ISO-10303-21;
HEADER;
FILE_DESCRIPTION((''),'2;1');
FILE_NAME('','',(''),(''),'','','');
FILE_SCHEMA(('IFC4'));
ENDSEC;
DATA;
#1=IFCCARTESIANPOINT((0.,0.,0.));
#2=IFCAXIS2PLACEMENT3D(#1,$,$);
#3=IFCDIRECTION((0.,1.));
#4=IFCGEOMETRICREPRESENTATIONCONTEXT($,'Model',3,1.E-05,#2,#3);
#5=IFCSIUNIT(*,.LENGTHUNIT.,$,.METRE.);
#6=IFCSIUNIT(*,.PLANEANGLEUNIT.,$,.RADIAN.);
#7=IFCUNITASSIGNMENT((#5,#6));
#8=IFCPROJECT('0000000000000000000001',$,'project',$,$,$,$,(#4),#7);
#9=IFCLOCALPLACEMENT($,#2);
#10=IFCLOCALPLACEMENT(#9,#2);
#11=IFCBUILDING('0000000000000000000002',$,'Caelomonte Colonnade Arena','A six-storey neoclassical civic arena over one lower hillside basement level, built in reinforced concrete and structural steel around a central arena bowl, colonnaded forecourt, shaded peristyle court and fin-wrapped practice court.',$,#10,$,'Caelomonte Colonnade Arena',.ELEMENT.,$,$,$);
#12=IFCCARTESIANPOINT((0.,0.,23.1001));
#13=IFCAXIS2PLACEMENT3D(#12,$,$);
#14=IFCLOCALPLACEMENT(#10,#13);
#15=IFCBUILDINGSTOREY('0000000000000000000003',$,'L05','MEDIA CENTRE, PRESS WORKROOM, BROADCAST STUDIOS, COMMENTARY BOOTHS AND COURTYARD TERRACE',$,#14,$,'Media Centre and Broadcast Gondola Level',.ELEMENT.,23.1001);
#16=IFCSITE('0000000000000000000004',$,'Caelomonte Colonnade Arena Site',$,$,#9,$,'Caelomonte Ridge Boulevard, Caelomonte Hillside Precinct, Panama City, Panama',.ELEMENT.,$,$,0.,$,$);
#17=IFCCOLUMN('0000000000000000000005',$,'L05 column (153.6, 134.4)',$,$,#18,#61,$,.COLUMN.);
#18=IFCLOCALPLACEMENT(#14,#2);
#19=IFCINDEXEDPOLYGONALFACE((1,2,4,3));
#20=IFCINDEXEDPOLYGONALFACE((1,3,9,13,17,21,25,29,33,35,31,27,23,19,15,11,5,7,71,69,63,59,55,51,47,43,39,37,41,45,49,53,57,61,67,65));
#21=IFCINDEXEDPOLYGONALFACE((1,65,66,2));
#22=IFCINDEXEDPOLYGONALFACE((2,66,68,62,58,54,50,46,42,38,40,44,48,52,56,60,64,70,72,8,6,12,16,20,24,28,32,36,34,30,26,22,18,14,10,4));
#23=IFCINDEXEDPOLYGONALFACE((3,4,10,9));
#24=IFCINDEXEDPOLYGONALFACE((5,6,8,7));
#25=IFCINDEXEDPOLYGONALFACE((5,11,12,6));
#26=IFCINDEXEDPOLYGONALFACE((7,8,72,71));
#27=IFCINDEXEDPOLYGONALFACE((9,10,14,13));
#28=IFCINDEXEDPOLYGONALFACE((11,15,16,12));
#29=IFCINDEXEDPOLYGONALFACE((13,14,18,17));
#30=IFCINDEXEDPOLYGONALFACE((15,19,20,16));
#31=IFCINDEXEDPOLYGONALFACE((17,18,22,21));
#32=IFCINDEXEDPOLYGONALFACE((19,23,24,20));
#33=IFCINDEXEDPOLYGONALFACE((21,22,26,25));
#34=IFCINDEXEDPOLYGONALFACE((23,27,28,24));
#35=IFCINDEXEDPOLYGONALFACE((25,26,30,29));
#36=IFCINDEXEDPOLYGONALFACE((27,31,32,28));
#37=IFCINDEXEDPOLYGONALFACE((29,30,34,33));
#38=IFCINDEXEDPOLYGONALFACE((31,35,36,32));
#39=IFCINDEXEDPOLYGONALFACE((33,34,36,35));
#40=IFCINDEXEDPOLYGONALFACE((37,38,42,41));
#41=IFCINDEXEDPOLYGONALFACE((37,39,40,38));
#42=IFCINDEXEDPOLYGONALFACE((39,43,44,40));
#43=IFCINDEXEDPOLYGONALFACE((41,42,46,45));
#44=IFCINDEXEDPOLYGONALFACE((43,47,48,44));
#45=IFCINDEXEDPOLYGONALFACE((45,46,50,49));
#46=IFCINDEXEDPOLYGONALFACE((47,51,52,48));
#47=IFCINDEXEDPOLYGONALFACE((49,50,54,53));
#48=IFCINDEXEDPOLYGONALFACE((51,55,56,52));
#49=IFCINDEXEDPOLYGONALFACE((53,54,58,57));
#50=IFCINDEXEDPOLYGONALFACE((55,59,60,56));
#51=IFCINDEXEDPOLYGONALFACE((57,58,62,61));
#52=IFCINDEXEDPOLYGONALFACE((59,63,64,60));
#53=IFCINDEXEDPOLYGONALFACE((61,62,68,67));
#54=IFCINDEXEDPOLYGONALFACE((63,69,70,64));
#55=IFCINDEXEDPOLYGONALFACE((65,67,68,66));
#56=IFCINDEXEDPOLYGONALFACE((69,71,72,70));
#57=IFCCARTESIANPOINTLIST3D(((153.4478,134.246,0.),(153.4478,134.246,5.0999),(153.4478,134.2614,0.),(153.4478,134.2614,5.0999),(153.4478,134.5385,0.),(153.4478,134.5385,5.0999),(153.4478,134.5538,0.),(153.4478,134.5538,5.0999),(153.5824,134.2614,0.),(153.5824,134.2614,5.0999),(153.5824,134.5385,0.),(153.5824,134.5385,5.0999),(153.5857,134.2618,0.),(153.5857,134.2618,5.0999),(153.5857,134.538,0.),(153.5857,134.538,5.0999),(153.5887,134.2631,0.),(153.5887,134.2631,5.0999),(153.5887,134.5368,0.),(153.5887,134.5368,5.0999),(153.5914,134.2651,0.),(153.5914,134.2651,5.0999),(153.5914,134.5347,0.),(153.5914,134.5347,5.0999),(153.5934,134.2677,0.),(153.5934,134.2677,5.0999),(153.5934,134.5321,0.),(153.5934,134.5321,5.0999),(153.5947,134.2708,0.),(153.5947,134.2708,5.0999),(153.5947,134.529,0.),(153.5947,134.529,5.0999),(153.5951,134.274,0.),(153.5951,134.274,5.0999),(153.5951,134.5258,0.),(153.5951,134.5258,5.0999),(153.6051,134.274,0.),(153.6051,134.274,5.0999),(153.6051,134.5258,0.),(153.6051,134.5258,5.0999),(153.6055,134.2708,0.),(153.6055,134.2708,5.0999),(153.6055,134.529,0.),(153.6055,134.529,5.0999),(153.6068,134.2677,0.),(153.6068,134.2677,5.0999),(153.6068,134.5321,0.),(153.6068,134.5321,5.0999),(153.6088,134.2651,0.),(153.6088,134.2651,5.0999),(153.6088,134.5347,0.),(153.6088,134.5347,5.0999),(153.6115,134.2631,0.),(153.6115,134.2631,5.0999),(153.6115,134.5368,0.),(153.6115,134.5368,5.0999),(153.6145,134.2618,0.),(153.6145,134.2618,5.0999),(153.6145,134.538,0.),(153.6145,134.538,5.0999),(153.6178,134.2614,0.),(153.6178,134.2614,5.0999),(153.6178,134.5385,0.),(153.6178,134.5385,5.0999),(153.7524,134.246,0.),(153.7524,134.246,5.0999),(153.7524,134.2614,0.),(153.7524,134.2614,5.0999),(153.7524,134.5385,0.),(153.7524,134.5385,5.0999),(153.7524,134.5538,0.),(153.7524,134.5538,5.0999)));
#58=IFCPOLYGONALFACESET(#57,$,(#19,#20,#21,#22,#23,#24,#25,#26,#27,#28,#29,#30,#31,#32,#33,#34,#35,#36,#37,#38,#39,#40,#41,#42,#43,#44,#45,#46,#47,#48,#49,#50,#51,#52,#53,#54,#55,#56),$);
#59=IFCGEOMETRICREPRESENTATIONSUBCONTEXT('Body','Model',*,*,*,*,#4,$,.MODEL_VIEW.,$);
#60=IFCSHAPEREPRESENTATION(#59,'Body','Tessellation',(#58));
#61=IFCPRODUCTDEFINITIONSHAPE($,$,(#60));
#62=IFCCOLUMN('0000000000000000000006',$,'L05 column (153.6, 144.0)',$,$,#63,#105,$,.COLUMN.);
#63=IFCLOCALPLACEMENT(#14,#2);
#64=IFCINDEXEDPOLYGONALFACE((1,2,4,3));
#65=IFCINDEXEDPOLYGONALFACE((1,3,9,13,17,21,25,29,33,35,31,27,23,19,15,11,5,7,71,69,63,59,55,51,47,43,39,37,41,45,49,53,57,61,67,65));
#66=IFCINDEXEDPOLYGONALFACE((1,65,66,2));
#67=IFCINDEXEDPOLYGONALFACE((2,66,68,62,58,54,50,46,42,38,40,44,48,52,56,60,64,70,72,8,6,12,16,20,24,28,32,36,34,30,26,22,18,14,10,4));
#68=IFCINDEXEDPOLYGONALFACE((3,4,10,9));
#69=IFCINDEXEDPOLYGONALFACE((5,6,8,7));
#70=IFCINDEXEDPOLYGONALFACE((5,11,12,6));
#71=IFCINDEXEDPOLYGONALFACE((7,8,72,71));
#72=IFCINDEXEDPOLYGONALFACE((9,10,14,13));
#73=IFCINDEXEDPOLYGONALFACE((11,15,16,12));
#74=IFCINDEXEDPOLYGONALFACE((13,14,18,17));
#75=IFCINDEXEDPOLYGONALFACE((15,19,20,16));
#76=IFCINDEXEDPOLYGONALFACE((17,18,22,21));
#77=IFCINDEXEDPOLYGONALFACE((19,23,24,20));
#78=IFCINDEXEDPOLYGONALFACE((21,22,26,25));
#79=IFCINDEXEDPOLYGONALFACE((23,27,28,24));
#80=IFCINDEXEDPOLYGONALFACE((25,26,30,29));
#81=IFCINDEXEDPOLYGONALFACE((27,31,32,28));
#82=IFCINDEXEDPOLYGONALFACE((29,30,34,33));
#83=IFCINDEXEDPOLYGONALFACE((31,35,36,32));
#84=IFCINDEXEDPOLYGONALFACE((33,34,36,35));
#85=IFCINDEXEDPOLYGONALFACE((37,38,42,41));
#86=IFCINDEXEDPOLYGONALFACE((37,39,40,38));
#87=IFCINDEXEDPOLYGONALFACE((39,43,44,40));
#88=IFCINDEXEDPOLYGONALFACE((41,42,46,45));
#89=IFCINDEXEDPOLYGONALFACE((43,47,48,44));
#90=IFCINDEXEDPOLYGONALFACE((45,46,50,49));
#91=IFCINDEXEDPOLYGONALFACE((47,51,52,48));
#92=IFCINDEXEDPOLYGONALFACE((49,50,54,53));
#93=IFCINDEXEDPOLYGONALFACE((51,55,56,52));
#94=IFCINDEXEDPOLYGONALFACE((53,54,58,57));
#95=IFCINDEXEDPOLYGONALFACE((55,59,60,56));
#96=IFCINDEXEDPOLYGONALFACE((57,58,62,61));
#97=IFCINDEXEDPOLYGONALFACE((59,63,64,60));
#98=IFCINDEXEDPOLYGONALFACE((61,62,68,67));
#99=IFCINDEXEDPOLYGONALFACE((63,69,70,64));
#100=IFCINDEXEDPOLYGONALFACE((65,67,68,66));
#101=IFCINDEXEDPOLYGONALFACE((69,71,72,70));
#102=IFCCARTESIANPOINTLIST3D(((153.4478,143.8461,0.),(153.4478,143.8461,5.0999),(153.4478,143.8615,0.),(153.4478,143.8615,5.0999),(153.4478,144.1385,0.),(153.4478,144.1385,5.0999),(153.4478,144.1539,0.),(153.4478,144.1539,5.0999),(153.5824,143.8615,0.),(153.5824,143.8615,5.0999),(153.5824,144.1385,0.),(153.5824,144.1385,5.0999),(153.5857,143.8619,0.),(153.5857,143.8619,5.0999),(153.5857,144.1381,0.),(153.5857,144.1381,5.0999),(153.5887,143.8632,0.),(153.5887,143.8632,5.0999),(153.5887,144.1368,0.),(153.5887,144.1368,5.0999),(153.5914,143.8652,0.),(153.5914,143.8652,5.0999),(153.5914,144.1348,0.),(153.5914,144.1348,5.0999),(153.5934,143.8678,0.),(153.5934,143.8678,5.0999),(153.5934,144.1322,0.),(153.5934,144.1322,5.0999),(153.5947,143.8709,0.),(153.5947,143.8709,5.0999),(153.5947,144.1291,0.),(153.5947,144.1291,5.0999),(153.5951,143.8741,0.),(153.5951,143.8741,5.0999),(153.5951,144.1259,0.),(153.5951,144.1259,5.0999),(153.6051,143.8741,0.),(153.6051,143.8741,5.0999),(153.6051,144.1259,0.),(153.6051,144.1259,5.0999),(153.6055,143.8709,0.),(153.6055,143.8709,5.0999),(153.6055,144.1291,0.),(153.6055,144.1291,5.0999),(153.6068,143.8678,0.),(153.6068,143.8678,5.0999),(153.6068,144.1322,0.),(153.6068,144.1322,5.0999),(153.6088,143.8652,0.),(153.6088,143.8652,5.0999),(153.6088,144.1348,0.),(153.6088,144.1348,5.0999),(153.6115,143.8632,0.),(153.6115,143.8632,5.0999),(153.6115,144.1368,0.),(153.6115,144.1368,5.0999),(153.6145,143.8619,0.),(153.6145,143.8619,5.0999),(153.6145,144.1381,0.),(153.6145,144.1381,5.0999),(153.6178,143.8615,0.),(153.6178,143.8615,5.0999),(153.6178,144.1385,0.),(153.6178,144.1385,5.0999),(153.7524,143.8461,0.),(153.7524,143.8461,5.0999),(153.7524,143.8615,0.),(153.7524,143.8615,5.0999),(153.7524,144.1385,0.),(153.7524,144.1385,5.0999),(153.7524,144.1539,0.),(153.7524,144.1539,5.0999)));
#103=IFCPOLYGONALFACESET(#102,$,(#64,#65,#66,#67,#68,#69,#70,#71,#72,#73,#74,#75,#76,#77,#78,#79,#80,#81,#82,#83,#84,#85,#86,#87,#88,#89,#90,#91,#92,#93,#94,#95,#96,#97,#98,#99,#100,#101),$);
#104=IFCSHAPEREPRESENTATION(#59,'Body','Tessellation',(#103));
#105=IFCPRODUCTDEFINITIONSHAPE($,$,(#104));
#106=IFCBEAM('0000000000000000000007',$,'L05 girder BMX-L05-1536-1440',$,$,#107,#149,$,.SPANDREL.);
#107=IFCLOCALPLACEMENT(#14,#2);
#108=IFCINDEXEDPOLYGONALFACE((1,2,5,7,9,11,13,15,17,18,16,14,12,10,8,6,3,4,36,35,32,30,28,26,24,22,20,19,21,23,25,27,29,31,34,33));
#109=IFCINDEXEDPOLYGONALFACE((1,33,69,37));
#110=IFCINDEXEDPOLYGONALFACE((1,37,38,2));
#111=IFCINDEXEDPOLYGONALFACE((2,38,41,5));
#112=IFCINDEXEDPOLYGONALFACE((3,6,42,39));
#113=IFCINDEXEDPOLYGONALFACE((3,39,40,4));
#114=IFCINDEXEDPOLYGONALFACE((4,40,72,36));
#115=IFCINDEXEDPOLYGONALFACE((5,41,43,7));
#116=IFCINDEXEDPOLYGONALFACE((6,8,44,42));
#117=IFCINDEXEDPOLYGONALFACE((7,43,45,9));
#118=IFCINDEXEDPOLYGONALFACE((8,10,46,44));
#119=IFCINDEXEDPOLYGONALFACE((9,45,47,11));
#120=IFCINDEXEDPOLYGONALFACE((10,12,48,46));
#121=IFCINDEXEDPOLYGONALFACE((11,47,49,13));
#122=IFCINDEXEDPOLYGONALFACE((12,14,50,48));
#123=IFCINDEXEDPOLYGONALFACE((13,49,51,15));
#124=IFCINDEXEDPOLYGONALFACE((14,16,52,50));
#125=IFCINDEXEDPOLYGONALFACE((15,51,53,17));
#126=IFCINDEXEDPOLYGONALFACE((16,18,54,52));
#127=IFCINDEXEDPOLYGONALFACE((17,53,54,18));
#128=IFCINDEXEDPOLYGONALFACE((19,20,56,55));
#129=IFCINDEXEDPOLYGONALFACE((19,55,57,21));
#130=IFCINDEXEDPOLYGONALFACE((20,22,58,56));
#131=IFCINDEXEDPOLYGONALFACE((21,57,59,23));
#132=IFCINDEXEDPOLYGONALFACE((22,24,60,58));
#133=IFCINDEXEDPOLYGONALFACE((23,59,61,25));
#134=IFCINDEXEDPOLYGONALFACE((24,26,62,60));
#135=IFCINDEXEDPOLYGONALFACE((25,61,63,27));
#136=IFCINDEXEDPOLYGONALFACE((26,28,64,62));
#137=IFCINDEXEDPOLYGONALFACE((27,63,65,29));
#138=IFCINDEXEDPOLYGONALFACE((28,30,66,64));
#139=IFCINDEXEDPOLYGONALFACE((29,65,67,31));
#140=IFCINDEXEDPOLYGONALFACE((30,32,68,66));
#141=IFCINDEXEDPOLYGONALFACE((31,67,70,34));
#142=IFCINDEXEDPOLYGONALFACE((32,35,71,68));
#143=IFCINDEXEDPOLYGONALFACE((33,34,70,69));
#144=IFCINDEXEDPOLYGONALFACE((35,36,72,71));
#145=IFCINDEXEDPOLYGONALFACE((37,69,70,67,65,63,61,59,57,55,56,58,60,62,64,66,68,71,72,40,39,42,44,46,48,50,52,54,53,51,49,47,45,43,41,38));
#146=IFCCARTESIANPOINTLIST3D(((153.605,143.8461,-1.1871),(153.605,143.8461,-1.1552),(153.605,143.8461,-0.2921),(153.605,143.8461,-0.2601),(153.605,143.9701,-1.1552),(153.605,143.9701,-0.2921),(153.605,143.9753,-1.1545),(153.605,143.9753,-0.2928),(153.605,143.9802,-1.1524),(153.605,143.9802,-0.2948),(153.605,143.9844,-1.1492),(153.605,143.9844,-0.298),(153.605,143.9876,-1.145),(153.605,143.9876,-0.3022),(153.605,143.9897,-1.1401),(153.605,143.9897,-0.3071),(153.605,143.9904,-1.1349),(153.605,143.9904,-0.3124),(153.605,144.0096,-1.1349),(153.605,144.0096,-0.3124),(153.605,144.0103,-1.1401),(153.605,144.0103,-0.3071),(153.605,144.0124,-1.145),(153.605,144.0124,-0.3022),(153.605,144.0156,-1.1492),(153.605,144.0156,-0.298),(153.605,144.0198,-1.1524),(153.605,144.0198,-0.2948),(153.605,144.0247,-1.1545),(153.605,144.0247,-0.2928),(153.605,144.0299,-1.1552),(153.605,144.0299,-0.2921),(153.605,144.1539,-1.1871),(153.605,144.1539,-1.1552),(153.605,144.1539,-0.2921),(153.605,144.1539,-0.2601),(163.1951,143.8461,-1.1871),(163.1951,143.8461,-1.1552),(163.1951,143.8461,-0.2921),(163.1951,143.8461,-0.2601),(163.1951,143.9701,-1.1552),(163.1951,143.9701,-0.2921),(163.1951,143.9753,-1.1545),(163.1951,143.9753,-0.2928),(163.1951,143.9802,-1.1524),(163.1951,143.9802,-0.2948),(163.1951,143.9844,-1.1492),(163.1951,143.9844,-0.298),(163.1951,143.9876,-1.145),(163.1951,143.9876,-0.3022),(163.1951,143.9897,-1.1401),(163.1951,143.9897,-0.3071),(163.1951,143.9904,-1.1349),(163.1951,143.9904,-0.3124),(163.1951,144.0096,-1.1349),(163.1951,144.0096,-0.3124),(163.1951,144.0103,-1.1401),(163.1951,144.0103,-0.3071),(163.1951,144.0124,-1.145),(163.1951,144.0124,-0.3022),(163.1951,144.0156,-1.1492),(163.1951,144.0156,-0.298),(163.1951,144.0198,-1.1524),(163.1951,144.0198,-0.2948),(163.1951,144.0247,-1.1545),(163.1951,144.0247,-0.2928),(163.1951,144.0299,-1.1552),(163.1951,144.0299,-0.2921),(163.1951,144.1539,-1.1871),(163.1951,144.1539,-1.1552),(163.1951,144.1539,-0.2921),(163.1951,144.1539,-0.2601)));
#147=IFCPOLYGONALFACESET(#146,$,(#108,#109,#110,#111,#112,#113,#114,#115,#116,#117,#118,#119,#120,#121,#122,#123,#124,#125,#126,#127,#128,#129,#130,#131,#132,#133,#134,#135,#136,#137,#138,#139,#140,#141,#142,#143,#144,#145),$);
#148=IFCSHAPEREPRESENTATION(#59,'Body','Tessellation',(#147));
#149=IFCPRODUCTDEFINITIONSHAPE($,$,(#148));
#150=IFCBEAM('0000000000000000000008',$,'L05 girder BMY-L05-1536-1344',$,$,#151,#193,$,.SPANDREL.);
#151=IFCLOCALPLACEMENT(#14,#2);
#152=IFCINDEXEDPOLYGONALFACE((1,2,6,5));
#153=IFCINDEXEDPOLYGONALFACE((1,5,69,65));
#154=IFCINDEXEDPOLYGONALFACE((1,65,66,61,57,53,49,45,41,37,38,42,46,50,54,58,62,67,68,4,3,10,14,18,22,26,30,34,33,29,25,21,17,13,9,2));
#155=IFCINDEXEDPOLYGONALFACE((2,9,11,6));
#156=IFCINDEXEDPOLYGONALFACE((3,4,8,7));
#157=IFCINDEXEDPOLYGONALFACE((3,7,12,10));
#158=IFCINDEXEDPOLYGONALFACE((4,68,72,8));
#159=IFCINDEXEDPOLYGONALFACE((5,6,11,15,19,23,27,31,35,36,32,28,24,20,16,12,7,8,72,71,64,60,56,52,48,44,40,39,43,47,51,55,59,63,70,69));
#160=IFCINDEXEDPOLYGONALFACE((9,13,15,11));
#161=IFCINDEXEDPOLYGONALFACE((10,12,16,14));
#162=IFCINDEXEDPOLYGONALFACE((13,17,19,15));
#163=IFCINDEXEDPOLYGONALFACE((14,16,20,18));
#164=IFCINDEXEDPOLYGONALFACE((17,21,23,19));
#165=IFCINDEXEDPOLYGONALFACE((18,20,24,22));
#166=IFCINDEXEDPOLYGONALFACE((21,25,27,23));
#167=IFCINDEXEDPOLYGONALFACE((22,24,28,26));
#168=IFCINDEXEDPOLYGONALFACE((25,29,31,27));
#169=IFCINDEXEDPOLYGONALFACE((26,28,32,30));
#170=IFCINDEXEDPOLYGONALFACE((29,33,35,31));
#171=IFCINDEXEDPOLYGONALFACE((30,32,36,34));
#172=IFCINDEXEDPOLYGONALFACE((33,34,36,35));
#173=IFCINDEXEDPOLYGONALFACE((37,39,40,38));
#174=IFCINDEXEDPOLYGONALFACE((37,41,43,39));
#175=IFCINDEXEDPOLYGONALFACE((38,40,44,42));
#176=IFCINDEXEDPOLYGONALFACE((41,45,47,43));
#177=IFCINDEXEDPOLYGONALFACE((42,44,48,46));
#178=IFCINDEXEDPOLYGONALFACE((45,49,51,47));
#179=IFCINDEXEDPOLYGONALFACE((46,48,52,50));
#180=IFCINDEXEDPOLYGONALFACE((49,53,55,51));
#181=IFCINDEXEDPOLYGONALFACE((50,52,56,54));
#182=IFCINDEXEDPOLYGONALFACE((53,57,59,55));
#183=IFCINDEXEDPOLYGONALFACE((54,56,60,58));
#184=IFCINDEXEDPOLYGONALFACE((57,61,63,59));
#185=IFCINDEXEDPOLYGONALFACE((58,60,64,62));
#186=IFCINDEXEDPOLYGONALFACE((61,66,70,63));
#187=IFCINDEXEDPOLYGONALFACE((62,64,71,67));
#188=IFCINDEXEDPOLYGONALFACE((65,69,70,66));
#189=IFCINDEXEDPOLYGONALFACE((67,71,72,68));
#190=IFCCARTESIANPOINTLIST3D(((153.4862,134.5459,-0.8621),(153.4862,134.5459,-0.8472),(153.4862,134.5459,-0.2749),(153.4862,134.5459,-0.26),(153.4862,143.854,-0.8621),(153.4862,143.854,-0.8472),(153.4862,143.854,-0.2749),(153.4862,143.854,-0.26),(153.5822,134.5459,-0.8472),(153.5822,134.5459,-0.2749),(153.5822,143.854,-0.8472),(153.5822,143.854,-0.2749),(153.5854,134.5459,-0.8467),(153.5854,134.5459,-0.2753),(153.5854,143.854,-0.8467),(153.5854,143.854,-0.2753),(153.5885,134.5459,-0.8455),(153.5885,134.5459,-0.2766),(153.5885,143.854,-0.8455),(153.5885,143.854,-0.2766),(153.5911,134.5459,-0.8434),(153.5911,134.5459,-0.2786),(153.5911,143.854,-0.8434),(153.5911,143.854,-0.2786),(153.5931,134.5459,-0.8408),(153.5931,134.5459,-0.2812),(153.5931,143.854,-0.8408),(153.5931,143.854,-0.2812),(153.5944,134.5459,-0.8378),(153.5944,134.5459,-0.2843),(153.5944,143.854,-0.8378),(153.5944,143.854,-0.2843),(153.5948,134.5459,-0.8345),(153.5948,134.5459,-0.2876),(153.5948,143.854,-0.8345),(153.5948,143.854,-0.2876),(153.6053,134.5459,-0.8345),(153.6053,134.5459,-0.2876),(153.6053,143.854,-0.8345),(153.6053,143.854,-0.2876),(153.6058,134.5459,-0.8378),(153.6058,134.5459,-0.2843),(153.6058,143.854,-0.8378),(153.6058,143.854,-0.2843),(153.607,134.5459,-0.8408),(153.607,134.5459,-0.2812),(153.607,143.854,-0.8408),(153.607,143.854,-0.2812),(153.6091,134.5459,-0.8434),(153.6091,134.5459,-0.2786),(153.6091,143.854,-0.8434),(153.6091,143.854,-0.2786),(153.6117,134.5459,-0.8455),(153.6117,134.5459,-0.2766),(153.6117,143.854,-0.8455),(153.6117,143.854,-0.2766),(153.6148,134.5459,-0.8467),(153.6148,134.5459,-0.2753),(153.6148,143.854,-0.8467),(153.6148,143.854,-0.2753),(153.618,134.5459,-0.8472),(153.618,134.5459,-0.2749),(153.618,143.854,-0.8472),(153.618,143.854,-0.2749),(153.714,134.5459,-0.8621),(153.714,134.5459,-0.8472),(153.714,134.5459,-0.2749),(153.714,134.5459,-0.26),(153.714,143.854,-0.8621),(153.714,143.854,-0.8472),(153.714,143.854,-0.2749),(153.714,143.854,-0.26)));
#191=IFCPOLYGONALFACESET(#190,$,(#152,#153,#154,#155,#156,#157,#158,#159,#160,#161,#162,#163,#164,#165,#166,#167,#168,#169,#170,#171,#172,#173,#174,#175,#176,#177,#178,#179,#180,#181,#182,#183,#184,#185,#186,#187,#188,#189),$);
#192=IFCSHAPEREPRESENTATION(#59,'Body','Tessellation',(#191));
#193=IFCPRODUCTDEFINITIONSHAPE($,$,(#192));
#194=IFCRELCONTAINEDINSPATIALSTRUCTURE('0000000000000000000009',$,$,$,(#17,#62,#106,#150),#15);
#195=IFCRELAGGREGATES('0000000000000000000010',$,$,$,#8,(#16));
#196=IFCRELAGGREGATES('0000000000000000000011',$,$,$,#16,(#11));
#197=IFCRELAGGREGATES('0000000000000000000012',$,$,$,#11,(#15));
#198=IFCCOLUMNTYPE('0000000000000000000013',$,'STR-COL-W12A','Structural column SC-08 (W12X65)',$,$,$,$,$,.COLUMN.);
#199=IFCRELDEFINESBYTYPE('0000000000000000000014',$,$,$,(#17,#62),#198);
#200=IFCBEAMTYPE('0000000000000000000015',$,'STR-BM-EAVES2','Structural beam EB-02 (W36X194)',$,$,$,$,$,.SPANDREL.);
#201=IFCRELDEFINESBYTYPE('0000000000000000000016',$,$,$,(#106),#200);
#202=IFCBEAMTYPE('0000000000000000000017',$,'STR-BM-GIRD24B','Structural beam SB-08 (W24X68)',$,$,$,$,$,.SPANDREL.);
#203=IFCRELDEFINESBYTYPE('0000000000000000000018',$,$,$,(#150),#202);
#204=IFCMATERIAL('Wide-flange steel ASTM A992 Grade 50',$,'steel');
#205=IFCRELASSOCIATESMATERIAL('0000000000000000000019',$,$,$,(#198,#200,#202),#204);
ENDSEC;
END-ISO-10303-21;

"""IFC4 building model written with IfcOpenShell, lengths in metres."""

from ifc_helpers import new_model, si_unit, direction, frame, origin, origin_2d, place, context, subcontext, project, spatial, i_section, extrude, material, material_profile, profile_set, type_object, element, save


model = new_model("IFC4")

# Units and contexts
model_context = context("Model", 3, precision=1e-05, world=origin(), true_north=direction((0.0, 1.0)))
body_context = subcontext(model_context, "Body", "Model", "MODEL_VIEW")
ifc_project = project(units=[si_unit("LENGTHUNIT", "METRE"), si_unit("PLANEANGLEUNIT", "RADIAN")], contexts=[model_context])

# Site, building, storey
site_placement = place(None, origin())
site = spatial("IfcSite", under=ifc_project, at=site_placement, Name="Caelomonte Colonnade Arena Site", LongName="Caelomonte Ridge Boulevard, Caelomonte Hillside Precinct, Panama City, Panama", CompositionType="ELEMENT", RefElevation=0.0)
building_placement = place(site_placement, origin())
building = spatial("IfcBuilding", under=site, at=building_placement, Name="Caelomonte Colonnade Arena", Description="A six-storey neoclassical civic arena over one lower hillside basement level, built in reinforced concrete and structural steel around a central arena bowl, colonnaded forecourt, shaded peristyle court and fin-wrapped practice court.", LongName="Caelomonte Colonnade Arena", CompositionType="ELEMENT")
storey_placement = place(building_placement, frame((0.0, 0.0, 23.1001)))
storey = spatial("IfcBuildingStorey", under=building, at=storey_placement, Name="L05", Description="MEDIA CENTRE, PRESS WORKROOM, BROADCAST STUDIOS, COMMENTARY BOOTHS AND COURTYARD TERRACE", LongName="Media Centre and Broadcast Gondola Level", CompositionType="ELEMENT", Elevation=23.1001)

# Columns
ifc_material_1 = material(Name="Wide-flange steel ASTM A992 Grade 50", Category="steel")
ifc_material_profile_1 = material_profile(ifc_material_1, i_section(OverallWidth=0.3047, OverallDepth=0.3079, WebThickness=0.01, FlangeThickness=0.0154, FilletRadius=0.0127, at=origin_2d()), Name="W12X65")
ifc_profile_set_1 = profile_set([ifc_material_profile_1], Name="Wide-flange steel ASTM A992 Grade 50")
column_type = type_object("IfcColumnType", Name="STR-COL-W12A", Description="Structural column SC-08 (W12X65)", PredefinedType="COLUMN", material=ifc_profile_set_1)
for number, where, z_axis, x_axis, name in (
    (1, (153.6001, 134.3999, 0.0), (0.0, 0.0, 1.0), (1.0, 0.0, 0.0), "L05 column (153.6, 134.4)"),
    (2, (153.6001, 144.0, 0.0), (0.0, 0.0, 1.0), (1.0, 0.0, 0.0), "L05 column (153.6, 144.0)"),
):
    element("IfcColumn", number, at=place(storey_placement, frame(where, z_axis=z_axis, x_axis=x_axis)), inside=storey, type_object=column_type, Name=name, PredefinedType="COLUMN", context=body_context, shape_type="SweptSolid", body=[
        extrude(i_section(OverallWidth=0.3047, OverallDepth=0.3079, WebThickness=0.01, FlangeThickness=0.0154, FilletRadius=0.0127, at=origin_2d()), origin(), (0.0, 0.0, 1.0), 5.0999),
    ])

# Beams
ifc_material_profile_2 = material_profile(ifc_material_1, i_section(OverallWidth=0.3079, OverallDepth=0.927, WebThickness=0.0193, FlangeThickness=0.032, FilletRadius=0.0203, at=origin_2d()), Name="W36X194")
ifc_profile_set_2 = profile_set([ifc_material_profile_2], Name="Wide-flange steel ASTM A992 Grade 50")
beam_type_1 = type_object("IfcBeamType", Name="STR-BM-EAVES2", Description="Structural beam EB-02 (W36X194)", PredefinedType="SPANDREL", material=ifc_profile_set_2)
beam_1_placement = place(storey_placement, frame((153.605, 144.0, -0.7236), z_axis=(1.0, 0.0, 0.0), x_axis=(0.0, 1.0, 0.0)))
element("IfcBeam", 3, at=beam_1_placement, inside=storey, type_object=beam_type_1, Name="L05 girder BMX-L05-1536-1440", PredefinedType="SPANDREL", context=body_context, shape_type="SweptSolid", body=[
    extrude(i_section(OverallWidth=0.3079, OverallDepth=0.927, WebThickness=0.0193, FlangeThickness=0.032, FilletRadius=0.0203, at=origin_2d()), origin(), (0.0, 0.0, 1.0), 9.5901),
])
ifc_material_profile_3 = material_profile(ifc_material_1, i_section(OverallWidth=0.2278, OverallDepth=0.6021, WebThickness=0.0105, FlangeThickness=0.0149, FilletRadius=0.0127, at=origin_2d()), Name="W24X68")
ifc_profile_set_3 = profile_set([ifc_material_profile_3], Name="Wide-flange steel ASTM A992 Grade 50")
beam_type_2 = type_object("IfcBeamType", Name="STR-BM-GIRD24B", Description="Structural beam SB-08 (W24X68)", PredefinedType="SPANDREL", material=ifc_profile_set_3)
beam_2_placement = place(storey_placement, frame((153.6001, 134.5459, -0.561), z_axis=(0.0, 1.0, 0.0), x_axis=(-1.0, 0.0, 0.0)))
element("IfcBeam", 4, at=beam_2_placement, inside=storey, type_object=beam_type_2, Name="L05 girder BMY-L05-1536-1344", PredefinedType="SPANDREL", context=body_context, shape_type="SweptSolid", body=[
    extrude(i_section(OverallWidth=0.2278, OverallDepth=0.6021, WebThickness=0.0105, FlangeThickness=0.0149, FilletRadius=0.0127, at=origin_2d()), origin(), (0.0, 0.0, 1.0), 9.3081),
])

save(model, "model.ifc")
